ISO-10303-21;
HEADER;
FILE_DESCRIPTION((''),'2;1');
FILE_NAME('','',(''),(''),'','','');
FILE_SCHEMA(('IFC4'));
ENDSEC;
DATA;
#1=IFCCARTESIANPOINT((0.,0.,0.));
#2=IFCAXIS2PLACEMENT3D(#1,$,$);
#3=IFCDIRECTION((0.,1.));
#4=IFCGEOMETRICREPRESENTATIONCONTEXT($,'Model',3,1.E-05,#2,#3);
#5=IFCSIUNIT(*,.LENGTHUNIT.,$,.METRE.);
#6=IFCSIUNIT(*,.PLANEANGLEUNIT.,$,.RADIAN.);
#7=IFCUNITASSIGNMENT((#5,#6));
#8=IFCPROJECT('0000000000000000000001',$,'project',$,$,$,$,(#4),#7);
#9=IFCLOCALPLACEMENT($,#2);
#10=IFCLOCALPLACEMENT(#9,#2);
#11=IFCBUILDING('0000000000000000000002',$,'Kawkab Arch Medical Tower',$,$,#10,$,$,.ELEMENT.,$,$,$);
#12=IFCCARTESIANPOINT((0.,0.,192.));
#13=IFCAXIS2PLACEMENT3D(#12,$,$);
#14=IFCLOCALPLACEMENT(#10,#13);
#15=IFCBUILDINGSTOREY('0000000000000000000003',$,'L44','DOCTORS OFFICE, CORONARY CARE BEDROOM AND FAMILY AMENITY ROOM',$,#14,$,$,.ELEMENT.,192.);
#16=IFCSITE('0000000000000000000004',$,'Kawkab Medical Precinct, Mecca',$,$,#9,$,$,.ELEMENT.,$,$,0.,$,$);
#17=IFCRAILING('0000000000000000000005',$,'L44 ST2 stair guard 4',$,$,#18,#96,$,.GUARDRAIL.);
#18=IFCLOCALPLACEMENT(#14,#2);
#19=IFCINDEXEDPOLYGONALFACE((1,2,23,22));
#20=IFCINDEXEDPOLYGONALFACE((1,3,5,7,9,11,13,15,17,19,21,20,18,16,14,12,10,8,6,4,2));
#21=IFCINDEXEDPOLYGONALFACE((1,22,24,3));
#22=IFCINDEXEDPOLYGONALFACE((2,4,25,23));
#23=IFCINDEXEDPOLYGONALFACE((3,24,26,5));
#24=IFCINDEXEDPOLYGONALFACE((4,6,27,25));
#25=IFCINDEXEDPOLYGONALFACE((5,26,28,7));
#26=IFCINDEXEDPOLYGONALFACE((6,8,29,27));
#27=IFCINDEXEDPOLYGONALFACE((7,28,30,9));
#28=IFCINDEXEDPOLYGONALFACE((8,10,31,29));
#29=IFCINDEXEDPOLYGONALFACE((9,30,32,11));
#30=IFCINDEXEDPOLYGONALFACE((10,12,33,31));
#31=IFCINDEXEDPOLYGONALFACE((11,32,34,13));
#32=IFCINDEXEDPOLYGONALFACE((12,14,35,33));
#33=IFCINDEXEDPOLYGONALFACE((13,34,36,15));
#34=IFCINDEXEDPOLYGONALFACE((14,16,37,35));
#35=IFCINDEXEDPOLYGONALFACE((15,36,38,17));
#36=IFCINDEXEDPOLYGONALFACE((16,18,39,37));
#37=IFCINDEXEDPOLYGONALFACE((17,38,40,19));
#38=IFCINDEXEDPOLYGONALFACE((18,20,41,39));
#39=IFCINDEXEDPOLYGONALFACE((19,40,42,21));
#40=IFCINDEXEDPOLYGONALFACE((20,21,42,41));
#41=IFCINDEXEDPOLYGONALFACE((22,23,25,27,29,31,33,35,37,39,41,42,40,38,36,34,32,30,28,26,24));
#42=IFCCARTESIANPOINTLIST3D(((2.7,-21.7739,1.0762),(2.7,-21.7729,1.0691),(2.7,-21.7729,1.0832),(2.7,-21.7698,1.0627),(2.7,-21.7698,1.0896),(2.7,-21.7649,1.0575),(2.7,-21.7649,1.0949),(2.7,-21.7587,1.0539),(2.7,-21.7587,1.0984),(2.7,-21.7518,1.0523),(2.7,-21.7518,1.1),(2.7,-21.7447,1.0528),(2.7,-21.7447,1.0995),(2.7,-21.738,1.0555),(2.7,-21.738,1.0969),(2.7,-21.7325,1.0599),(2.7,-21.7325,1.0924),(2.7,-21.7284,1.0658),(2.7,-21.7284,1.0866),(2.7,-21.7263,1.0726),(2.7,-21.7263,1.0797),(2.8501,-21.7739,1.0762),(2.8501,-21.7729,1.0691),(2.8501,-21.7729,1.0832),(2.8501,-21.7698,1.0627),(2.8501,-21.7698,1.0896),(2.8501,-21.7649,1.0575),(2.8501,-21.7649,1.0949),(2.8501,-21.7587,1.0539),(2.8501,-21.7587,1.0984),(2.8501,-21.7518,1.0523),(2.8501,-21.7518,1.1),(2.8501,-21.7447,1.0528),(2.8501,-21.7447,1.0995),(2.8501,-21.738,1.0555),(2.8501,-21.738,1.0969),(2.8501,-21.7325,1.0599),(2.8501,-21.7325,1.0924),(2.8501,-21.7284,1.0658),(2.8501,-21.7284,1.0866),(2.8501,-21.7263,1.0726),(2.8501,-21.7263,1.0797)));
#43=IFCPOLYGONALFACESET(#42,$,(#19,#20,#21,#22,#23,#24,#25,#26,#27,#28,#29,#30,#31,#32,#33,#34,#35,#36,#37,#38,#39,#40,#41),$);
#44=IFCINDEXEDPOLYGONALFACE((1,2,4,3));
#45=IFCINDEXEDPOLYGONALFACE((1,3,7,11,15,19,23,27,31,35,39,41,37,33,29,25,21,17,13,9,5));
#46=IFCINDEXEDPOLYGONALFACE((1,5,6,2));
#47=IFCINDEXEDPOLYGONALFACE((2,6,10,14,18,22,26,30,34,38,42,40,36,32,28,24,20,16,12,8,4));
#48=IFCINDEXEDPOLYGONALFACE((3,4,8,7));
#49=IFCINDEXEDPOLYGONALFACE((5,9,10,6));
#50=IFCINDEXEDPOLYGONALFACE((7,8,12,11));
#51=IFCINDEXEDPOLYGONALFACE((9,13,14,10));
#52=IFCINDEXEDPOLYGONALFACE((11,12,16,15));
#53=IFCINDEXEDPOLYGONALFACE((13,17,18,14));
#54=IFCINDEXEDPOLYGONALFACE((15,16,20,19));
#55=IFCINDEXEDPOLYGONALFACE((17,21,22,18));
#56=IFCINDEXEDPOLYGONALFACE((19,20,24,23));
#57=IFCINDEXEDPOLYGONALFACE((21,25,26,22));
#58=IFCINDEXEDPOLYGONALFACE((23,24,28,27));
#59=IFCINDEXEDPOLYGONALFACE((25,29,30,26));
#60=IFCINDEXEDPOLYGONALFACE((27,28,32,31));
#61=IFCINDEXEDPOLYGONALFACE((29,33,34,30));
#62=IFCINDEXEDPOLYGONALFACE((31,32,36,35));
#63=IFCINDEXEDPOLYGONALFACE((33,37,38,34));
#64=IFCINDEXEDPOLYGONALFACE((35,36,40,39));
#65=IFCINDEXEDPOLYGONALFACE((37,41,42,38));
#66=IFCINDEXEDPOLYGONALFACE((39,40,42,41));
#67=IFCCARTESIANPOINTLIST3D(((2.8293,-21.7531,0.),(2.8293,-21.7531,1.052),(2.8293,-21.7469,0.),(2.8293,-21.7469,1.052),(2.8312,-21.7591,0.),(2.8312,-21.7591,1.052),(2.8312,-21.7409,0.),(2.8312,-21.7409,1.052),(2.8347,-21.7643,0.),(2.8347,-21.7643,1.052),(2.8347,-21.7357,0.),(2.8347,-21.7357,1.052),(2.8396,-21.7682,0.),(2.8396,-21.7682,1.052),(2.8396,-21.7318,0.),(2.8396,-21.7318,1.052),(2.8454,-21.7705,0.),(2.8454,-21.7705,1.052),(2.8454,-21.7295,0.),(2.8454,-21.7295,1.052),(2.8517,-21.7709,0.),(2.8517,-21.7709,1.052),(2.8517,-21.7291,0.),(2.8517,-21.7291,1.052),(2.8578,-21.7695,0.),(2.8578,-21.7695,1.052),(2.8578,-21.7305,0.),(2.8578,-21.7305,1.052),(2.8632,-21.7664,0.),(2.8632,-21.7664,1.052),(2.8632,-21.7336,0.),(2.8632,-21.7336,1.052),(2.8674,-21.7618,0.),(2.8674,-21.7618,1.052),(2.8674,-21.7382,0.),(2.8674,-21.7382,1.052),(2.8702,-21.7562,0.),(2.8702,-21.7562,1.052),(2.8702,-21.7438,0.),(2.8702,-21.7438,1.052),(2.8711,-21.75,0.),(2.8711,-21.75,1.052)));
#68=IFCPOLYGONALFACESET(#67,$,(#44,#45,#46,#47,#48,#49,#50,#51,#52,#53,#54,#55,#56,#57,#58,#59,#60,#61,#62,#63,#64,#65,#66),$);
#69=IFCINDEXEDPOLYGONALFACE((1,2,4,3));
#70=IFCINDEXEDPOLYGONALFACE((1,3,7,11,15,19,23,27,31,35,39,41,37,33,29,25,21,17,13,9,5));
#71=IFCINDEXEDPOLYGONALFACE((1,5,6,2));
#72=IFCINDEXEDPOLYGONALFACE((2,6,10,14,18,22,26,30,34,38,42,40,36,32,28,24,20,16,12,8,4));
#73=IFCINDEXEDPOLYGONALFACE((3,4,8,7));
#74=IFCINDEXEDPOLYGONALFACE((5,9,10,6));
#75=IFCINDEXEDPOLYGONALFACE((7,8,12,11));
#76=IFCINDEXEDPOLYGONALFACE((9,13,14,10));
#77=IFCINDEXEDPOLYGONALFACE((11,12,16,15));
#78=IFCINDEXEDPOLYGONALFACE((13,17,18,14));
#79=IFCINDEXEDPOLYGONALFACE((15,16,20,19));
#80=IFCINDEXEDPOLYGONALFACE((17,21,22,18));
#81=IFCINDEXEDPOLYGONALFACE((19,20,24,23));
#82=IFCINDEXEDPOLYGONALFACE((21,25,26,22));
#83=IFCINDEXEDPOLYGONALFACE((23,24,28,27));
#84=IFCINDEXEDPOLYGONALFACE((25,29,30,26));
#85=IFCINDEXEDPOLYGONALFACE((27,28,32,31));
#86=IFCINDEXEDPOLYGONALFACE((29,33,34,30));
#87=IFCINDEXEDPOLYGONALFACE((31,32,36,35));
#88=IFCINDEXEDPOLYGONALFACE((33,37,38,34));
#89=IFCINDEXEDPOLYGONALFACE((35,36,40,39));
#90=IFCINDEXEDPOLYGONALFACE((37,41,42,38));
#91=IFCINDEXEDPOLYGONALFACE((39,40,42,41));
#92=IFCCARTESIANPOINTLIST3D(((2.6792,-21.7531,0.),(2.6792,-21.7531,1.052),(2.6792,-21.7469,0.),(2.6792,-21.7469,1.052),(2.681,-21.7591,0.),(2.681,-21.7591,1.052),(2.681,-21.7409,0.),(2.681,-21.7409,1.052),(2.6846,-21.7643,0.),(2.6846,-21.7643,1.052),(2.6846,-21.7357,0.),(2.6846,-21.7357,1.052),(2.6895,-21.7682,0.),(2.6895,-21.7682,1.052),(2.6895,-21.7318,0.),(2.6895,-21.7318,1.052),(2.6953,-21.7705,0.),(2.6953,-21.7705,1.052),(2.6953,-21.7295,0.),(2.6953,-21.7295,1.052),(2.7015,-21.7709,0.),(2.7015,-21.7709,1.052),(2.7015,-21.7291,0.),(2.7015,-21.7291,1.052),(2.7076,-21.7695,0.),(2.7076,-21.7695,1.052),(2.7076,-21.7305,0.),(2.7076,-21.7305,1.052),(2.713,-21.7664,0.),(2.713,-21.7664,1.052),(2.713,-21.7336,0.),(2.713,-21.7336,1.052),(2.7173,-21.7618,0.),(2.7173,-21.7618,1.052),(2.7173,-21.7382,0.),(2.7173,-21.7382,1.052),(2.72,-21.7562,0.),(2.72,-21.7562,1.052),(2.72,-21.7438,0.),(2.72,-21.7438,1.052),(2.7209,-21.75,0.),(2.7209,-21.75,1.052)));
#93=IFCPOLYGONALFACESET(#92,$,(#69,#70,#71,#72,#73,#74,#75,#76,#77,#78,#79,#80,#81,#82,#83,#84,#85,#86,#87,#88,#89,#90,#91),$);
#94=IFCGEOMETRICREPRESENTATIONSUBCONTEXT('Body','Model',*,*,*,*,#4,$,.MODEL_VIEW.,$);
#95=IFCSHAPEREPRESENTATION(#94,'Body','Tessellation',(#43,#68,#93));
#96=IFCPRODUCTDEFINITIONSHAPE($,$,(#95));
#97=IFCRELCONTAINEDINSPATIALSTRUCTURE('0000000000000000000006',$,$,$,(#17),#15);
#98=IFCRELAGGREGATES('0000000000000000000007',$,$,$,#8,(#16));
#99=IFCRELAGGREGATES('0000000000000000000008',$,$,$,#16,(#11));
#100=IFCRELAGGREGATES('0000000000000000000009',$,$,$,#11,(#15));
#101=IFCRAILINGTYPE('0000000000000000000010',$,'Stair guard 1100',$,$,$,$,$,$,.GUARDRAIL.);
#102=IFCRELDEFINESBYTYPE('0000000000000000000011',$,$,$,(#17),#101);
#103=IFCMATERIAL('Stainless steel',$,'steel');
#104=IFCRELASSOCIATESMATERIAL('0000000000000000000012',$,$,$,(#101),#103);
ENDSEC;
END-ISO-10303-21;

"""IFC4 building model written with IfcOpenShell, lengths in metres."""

from ifc_helpers import new_model, si_unit, direction, frame, origin, origin_2d, place, context, subcontext, project, spatial, circle, extrude, material, type_object, element, save


model = new_model("IFC4")

# Units and contexts
model_context = context("Model", 3, precision=1e-05, world=origin(), true_north=direction((0.0, 1.0)))
body_context = subcontext(model_context, "Body", "Model", "MODEL_VIEW")
ifc_project = project(units=[si_unit("LENGTHUNIT", "METRE"), si_unit("PLANEANGLEUNIT", "RADIAN")], contexts=[model_context])

# Site, building, storey
site_placement = place(None, origin())
site = spatial("IfcSite", under=ifc_project, at=site_placement, Name="Kawkab Medical Precinct, Mecca", CompositionType="ELEMENT", RefElevation=0.0)
building_placement = place(site_placement, origin())
building = spatial("IfcBuilding", under=site, at=building_placement, Name="Kawkab Arch Medical Tower", CompositionType="ELEMENT")
storey_placement = place(building_placement, frame((0.0, 0.0, 192.0)))
storey = spatial("IfcBuildingStorey", under=building, at=storey_placement, Name="L44", Description="DOCTORS OFFICE, CORONARY CARE BEDROOM AND FAMILY AMENITY ROOM", CompositionType="ELEMENT", Elevation=192.0)

# Railing
ifc_material_1 = material(Name="Stainless steel", Category="steel")
railing_type_1 = type_object("IfcRailingType", Name="Stair guard 1100", PredefinedType="GUARDRAIL", material=ifc_material_1)
railing_1_placement = place(storey_placement, frame((2.8501, -21.75, 0.0)))
element("IfcRailing", 1, at=railing_1_placement, inside=storey, type_object=railing_type_1, Name="L44 ST2 stair guard 4", PredefinedType="GUARDRAIL", context=body_context, shape_type="SweptSolid", body=[
    extrude(circle(Radius=0.0239, at=origin_2d()), frame((0.0, 0.0, 1.0762), z_axis=(-1.0, 0.0, 0.0), x_axis=(0.0, -1.0, 0.0)), (0.0, 0.0, 1.0), 0.1501),
    extrude(circle(Radius=0.021, at=origin_2d()), origin(), (0.0, 0.0, 1.0), 1.052),
    extrude(circle(Radius=0.021, at=origin_2d()), frame((-0.1501, 0.0, 0.0)), (0.0, 0.0, 1.0), 1.052),
])

save(model, "model.ifc")
